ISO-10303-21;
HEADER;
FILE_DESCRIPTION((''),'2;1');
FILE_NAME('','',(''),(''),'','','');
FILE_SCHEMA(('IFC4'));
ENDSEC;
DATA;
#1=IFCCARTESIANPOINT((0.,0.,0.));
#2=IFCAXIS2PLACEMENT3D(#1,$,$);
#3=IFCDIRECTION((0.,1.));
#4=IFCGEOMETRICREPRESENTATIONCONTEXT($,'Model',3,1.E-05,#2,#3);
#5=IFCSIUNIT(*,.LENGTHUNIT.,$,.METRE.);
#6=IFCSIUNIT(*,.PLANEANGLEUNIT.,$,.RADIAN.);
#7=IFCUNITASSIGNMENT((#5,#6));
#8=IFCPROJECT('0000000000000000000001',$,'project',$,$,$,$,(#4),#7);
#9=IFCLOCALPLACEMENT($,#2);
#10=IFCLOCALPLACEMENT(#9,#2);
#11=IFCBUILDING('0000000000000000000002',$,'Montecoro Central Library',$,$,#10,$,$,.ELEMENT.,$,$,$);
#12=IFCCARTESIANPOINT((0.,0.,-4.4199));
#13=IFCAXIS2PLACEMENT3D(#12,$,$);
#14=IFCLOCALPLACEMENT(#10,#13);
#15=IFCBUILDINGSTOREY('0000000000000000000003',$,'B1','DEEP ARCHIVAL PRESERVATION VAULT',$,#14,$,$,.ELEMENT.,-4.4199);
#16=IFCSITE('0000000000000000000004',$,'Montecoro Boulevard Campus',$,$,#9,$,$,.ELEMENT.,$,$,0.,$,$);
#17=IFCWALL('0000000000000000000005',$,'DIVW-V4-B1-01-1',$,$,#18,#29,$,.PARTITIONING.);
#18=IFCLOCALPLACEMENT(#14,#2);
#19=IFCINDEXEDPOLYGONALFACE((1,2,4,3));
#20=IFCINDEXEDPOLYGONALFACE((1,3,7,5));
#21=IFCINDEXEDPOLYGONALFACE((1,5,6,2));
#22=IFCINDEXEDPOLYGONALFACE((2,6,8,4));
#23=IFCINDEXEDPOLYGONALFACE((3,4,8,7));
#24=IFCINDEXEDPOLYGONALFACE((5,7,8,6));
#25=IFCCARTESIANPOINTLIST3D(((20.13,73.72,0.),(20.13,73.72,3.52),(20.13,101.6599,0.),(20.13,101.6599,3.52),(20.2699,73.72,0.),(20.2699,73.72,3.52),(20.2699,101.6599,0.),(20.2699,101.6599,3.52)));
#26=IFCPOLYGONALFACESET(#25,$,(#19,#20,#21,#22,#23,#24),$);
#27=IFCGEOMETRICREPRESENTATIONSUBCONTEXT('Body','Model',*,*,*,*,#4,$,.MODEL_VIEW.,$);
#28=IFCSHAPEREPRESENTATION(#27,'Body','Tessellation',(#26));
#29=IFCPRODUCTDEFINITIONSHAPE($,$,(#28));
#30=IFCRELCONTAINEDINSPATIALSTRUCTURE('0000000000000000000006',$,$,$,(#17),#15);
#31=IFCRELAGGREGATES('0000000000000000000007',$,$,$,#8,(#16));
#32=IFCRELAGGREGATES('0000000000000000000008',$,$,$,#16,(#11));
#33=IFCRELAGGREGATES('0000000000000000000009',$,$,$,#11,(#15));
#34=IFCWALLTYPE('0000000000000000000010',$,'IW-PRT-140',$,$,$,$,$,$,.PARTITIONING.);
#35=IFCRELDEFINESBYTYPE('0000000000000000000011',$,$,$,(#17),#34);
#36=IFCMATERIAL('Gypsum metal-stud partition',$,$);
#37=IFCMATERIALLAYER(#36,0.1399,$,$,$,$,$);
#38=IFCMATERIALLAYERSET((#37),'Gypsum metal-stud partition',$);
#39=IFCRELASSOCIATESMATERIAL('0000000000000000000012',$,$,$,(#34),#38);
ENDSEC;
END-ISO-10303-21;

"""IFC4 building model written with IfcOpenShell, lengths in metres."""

from ifc_helpers import new_model, si_unit, direction, frame, frame_2d, origin, place, context, subcontext, project, spatial, rectangle, extrude, material, layer, layer_set, type_object, element, save


model = new_model("IFC4")

# Units and contexts
model_context = context("Model", 3, precision=1e-05, world=origin(), true_north=direction((0.0, 1.0)))
body_context = subcontext(model_context, "Body", "Model", "MODEL_VIEW")
ifc_project = project(units=[si_unit("LENGTHUNIT", "METRE"), si_unit("PLANEANGLEUNIT", "RADIAN")], contexts=[model_context])

# Site, building, storey
site_placement = place(None, origin())
site = spatial("IfcSite", under=ifc_project, at=site_placement, Name="Montecoro Boulevard Campus", CompositionType="ELEMENT", RefElevation=0.0)
building_placement = place(site_placement, origin())
building = spatial("IfcBuilding", under=site, at=building_placement, Name="Montecoro Central Library", CompositionType="ELEMENT")
storey_placement = place(building_placement, frame((0.0, 0.0, -4.4199)))
storey = spatial("IfcBuildingStorey", under=building, at=storey_placement, Name="B1", Description="DEEP ARCHIVAL PRESERVATION VAULT", CompositionType="ELEMENT", Elevation=-4.4199)

# Wall
ifc_material_1 = material(Name="Gypsum metal-stud partition")
ifc_layer_1 = layer(ifc_material_1, 0.1399)
ifc_layer_set_1 = layer_set([ifc_layer_1], Name="Gypsum metal-stud partition")
wall_type_1 = type_object("IfcWallType", Name="IW-PRT-140", PredefinedType="PARTITIONING", material=ifc_layer_set_1)
wall_1_placement = place(storey_placement, frame((20.2, 73.72, 0.0), z_axis=(0.0, 0.0, 1.0), x_axis=(0.0, 1.0, 0.0)))
element("IfcWall", 1, at=wall_1_placement, inside=storey, type_object=wall_type_1, Name="DIVW-V4-B1-01-1", PredefinedType="PARTITIONING", context=body_context, shape_type="SweptSolid", body=[
    extrude(rectangle(XDim=27.9399, YDim=0.1399, at=frame_2d((13.97, 0.0))), origin(), (0.0, 0.0, 1.0), 3.52),
])

save(model, "model.ifc")
